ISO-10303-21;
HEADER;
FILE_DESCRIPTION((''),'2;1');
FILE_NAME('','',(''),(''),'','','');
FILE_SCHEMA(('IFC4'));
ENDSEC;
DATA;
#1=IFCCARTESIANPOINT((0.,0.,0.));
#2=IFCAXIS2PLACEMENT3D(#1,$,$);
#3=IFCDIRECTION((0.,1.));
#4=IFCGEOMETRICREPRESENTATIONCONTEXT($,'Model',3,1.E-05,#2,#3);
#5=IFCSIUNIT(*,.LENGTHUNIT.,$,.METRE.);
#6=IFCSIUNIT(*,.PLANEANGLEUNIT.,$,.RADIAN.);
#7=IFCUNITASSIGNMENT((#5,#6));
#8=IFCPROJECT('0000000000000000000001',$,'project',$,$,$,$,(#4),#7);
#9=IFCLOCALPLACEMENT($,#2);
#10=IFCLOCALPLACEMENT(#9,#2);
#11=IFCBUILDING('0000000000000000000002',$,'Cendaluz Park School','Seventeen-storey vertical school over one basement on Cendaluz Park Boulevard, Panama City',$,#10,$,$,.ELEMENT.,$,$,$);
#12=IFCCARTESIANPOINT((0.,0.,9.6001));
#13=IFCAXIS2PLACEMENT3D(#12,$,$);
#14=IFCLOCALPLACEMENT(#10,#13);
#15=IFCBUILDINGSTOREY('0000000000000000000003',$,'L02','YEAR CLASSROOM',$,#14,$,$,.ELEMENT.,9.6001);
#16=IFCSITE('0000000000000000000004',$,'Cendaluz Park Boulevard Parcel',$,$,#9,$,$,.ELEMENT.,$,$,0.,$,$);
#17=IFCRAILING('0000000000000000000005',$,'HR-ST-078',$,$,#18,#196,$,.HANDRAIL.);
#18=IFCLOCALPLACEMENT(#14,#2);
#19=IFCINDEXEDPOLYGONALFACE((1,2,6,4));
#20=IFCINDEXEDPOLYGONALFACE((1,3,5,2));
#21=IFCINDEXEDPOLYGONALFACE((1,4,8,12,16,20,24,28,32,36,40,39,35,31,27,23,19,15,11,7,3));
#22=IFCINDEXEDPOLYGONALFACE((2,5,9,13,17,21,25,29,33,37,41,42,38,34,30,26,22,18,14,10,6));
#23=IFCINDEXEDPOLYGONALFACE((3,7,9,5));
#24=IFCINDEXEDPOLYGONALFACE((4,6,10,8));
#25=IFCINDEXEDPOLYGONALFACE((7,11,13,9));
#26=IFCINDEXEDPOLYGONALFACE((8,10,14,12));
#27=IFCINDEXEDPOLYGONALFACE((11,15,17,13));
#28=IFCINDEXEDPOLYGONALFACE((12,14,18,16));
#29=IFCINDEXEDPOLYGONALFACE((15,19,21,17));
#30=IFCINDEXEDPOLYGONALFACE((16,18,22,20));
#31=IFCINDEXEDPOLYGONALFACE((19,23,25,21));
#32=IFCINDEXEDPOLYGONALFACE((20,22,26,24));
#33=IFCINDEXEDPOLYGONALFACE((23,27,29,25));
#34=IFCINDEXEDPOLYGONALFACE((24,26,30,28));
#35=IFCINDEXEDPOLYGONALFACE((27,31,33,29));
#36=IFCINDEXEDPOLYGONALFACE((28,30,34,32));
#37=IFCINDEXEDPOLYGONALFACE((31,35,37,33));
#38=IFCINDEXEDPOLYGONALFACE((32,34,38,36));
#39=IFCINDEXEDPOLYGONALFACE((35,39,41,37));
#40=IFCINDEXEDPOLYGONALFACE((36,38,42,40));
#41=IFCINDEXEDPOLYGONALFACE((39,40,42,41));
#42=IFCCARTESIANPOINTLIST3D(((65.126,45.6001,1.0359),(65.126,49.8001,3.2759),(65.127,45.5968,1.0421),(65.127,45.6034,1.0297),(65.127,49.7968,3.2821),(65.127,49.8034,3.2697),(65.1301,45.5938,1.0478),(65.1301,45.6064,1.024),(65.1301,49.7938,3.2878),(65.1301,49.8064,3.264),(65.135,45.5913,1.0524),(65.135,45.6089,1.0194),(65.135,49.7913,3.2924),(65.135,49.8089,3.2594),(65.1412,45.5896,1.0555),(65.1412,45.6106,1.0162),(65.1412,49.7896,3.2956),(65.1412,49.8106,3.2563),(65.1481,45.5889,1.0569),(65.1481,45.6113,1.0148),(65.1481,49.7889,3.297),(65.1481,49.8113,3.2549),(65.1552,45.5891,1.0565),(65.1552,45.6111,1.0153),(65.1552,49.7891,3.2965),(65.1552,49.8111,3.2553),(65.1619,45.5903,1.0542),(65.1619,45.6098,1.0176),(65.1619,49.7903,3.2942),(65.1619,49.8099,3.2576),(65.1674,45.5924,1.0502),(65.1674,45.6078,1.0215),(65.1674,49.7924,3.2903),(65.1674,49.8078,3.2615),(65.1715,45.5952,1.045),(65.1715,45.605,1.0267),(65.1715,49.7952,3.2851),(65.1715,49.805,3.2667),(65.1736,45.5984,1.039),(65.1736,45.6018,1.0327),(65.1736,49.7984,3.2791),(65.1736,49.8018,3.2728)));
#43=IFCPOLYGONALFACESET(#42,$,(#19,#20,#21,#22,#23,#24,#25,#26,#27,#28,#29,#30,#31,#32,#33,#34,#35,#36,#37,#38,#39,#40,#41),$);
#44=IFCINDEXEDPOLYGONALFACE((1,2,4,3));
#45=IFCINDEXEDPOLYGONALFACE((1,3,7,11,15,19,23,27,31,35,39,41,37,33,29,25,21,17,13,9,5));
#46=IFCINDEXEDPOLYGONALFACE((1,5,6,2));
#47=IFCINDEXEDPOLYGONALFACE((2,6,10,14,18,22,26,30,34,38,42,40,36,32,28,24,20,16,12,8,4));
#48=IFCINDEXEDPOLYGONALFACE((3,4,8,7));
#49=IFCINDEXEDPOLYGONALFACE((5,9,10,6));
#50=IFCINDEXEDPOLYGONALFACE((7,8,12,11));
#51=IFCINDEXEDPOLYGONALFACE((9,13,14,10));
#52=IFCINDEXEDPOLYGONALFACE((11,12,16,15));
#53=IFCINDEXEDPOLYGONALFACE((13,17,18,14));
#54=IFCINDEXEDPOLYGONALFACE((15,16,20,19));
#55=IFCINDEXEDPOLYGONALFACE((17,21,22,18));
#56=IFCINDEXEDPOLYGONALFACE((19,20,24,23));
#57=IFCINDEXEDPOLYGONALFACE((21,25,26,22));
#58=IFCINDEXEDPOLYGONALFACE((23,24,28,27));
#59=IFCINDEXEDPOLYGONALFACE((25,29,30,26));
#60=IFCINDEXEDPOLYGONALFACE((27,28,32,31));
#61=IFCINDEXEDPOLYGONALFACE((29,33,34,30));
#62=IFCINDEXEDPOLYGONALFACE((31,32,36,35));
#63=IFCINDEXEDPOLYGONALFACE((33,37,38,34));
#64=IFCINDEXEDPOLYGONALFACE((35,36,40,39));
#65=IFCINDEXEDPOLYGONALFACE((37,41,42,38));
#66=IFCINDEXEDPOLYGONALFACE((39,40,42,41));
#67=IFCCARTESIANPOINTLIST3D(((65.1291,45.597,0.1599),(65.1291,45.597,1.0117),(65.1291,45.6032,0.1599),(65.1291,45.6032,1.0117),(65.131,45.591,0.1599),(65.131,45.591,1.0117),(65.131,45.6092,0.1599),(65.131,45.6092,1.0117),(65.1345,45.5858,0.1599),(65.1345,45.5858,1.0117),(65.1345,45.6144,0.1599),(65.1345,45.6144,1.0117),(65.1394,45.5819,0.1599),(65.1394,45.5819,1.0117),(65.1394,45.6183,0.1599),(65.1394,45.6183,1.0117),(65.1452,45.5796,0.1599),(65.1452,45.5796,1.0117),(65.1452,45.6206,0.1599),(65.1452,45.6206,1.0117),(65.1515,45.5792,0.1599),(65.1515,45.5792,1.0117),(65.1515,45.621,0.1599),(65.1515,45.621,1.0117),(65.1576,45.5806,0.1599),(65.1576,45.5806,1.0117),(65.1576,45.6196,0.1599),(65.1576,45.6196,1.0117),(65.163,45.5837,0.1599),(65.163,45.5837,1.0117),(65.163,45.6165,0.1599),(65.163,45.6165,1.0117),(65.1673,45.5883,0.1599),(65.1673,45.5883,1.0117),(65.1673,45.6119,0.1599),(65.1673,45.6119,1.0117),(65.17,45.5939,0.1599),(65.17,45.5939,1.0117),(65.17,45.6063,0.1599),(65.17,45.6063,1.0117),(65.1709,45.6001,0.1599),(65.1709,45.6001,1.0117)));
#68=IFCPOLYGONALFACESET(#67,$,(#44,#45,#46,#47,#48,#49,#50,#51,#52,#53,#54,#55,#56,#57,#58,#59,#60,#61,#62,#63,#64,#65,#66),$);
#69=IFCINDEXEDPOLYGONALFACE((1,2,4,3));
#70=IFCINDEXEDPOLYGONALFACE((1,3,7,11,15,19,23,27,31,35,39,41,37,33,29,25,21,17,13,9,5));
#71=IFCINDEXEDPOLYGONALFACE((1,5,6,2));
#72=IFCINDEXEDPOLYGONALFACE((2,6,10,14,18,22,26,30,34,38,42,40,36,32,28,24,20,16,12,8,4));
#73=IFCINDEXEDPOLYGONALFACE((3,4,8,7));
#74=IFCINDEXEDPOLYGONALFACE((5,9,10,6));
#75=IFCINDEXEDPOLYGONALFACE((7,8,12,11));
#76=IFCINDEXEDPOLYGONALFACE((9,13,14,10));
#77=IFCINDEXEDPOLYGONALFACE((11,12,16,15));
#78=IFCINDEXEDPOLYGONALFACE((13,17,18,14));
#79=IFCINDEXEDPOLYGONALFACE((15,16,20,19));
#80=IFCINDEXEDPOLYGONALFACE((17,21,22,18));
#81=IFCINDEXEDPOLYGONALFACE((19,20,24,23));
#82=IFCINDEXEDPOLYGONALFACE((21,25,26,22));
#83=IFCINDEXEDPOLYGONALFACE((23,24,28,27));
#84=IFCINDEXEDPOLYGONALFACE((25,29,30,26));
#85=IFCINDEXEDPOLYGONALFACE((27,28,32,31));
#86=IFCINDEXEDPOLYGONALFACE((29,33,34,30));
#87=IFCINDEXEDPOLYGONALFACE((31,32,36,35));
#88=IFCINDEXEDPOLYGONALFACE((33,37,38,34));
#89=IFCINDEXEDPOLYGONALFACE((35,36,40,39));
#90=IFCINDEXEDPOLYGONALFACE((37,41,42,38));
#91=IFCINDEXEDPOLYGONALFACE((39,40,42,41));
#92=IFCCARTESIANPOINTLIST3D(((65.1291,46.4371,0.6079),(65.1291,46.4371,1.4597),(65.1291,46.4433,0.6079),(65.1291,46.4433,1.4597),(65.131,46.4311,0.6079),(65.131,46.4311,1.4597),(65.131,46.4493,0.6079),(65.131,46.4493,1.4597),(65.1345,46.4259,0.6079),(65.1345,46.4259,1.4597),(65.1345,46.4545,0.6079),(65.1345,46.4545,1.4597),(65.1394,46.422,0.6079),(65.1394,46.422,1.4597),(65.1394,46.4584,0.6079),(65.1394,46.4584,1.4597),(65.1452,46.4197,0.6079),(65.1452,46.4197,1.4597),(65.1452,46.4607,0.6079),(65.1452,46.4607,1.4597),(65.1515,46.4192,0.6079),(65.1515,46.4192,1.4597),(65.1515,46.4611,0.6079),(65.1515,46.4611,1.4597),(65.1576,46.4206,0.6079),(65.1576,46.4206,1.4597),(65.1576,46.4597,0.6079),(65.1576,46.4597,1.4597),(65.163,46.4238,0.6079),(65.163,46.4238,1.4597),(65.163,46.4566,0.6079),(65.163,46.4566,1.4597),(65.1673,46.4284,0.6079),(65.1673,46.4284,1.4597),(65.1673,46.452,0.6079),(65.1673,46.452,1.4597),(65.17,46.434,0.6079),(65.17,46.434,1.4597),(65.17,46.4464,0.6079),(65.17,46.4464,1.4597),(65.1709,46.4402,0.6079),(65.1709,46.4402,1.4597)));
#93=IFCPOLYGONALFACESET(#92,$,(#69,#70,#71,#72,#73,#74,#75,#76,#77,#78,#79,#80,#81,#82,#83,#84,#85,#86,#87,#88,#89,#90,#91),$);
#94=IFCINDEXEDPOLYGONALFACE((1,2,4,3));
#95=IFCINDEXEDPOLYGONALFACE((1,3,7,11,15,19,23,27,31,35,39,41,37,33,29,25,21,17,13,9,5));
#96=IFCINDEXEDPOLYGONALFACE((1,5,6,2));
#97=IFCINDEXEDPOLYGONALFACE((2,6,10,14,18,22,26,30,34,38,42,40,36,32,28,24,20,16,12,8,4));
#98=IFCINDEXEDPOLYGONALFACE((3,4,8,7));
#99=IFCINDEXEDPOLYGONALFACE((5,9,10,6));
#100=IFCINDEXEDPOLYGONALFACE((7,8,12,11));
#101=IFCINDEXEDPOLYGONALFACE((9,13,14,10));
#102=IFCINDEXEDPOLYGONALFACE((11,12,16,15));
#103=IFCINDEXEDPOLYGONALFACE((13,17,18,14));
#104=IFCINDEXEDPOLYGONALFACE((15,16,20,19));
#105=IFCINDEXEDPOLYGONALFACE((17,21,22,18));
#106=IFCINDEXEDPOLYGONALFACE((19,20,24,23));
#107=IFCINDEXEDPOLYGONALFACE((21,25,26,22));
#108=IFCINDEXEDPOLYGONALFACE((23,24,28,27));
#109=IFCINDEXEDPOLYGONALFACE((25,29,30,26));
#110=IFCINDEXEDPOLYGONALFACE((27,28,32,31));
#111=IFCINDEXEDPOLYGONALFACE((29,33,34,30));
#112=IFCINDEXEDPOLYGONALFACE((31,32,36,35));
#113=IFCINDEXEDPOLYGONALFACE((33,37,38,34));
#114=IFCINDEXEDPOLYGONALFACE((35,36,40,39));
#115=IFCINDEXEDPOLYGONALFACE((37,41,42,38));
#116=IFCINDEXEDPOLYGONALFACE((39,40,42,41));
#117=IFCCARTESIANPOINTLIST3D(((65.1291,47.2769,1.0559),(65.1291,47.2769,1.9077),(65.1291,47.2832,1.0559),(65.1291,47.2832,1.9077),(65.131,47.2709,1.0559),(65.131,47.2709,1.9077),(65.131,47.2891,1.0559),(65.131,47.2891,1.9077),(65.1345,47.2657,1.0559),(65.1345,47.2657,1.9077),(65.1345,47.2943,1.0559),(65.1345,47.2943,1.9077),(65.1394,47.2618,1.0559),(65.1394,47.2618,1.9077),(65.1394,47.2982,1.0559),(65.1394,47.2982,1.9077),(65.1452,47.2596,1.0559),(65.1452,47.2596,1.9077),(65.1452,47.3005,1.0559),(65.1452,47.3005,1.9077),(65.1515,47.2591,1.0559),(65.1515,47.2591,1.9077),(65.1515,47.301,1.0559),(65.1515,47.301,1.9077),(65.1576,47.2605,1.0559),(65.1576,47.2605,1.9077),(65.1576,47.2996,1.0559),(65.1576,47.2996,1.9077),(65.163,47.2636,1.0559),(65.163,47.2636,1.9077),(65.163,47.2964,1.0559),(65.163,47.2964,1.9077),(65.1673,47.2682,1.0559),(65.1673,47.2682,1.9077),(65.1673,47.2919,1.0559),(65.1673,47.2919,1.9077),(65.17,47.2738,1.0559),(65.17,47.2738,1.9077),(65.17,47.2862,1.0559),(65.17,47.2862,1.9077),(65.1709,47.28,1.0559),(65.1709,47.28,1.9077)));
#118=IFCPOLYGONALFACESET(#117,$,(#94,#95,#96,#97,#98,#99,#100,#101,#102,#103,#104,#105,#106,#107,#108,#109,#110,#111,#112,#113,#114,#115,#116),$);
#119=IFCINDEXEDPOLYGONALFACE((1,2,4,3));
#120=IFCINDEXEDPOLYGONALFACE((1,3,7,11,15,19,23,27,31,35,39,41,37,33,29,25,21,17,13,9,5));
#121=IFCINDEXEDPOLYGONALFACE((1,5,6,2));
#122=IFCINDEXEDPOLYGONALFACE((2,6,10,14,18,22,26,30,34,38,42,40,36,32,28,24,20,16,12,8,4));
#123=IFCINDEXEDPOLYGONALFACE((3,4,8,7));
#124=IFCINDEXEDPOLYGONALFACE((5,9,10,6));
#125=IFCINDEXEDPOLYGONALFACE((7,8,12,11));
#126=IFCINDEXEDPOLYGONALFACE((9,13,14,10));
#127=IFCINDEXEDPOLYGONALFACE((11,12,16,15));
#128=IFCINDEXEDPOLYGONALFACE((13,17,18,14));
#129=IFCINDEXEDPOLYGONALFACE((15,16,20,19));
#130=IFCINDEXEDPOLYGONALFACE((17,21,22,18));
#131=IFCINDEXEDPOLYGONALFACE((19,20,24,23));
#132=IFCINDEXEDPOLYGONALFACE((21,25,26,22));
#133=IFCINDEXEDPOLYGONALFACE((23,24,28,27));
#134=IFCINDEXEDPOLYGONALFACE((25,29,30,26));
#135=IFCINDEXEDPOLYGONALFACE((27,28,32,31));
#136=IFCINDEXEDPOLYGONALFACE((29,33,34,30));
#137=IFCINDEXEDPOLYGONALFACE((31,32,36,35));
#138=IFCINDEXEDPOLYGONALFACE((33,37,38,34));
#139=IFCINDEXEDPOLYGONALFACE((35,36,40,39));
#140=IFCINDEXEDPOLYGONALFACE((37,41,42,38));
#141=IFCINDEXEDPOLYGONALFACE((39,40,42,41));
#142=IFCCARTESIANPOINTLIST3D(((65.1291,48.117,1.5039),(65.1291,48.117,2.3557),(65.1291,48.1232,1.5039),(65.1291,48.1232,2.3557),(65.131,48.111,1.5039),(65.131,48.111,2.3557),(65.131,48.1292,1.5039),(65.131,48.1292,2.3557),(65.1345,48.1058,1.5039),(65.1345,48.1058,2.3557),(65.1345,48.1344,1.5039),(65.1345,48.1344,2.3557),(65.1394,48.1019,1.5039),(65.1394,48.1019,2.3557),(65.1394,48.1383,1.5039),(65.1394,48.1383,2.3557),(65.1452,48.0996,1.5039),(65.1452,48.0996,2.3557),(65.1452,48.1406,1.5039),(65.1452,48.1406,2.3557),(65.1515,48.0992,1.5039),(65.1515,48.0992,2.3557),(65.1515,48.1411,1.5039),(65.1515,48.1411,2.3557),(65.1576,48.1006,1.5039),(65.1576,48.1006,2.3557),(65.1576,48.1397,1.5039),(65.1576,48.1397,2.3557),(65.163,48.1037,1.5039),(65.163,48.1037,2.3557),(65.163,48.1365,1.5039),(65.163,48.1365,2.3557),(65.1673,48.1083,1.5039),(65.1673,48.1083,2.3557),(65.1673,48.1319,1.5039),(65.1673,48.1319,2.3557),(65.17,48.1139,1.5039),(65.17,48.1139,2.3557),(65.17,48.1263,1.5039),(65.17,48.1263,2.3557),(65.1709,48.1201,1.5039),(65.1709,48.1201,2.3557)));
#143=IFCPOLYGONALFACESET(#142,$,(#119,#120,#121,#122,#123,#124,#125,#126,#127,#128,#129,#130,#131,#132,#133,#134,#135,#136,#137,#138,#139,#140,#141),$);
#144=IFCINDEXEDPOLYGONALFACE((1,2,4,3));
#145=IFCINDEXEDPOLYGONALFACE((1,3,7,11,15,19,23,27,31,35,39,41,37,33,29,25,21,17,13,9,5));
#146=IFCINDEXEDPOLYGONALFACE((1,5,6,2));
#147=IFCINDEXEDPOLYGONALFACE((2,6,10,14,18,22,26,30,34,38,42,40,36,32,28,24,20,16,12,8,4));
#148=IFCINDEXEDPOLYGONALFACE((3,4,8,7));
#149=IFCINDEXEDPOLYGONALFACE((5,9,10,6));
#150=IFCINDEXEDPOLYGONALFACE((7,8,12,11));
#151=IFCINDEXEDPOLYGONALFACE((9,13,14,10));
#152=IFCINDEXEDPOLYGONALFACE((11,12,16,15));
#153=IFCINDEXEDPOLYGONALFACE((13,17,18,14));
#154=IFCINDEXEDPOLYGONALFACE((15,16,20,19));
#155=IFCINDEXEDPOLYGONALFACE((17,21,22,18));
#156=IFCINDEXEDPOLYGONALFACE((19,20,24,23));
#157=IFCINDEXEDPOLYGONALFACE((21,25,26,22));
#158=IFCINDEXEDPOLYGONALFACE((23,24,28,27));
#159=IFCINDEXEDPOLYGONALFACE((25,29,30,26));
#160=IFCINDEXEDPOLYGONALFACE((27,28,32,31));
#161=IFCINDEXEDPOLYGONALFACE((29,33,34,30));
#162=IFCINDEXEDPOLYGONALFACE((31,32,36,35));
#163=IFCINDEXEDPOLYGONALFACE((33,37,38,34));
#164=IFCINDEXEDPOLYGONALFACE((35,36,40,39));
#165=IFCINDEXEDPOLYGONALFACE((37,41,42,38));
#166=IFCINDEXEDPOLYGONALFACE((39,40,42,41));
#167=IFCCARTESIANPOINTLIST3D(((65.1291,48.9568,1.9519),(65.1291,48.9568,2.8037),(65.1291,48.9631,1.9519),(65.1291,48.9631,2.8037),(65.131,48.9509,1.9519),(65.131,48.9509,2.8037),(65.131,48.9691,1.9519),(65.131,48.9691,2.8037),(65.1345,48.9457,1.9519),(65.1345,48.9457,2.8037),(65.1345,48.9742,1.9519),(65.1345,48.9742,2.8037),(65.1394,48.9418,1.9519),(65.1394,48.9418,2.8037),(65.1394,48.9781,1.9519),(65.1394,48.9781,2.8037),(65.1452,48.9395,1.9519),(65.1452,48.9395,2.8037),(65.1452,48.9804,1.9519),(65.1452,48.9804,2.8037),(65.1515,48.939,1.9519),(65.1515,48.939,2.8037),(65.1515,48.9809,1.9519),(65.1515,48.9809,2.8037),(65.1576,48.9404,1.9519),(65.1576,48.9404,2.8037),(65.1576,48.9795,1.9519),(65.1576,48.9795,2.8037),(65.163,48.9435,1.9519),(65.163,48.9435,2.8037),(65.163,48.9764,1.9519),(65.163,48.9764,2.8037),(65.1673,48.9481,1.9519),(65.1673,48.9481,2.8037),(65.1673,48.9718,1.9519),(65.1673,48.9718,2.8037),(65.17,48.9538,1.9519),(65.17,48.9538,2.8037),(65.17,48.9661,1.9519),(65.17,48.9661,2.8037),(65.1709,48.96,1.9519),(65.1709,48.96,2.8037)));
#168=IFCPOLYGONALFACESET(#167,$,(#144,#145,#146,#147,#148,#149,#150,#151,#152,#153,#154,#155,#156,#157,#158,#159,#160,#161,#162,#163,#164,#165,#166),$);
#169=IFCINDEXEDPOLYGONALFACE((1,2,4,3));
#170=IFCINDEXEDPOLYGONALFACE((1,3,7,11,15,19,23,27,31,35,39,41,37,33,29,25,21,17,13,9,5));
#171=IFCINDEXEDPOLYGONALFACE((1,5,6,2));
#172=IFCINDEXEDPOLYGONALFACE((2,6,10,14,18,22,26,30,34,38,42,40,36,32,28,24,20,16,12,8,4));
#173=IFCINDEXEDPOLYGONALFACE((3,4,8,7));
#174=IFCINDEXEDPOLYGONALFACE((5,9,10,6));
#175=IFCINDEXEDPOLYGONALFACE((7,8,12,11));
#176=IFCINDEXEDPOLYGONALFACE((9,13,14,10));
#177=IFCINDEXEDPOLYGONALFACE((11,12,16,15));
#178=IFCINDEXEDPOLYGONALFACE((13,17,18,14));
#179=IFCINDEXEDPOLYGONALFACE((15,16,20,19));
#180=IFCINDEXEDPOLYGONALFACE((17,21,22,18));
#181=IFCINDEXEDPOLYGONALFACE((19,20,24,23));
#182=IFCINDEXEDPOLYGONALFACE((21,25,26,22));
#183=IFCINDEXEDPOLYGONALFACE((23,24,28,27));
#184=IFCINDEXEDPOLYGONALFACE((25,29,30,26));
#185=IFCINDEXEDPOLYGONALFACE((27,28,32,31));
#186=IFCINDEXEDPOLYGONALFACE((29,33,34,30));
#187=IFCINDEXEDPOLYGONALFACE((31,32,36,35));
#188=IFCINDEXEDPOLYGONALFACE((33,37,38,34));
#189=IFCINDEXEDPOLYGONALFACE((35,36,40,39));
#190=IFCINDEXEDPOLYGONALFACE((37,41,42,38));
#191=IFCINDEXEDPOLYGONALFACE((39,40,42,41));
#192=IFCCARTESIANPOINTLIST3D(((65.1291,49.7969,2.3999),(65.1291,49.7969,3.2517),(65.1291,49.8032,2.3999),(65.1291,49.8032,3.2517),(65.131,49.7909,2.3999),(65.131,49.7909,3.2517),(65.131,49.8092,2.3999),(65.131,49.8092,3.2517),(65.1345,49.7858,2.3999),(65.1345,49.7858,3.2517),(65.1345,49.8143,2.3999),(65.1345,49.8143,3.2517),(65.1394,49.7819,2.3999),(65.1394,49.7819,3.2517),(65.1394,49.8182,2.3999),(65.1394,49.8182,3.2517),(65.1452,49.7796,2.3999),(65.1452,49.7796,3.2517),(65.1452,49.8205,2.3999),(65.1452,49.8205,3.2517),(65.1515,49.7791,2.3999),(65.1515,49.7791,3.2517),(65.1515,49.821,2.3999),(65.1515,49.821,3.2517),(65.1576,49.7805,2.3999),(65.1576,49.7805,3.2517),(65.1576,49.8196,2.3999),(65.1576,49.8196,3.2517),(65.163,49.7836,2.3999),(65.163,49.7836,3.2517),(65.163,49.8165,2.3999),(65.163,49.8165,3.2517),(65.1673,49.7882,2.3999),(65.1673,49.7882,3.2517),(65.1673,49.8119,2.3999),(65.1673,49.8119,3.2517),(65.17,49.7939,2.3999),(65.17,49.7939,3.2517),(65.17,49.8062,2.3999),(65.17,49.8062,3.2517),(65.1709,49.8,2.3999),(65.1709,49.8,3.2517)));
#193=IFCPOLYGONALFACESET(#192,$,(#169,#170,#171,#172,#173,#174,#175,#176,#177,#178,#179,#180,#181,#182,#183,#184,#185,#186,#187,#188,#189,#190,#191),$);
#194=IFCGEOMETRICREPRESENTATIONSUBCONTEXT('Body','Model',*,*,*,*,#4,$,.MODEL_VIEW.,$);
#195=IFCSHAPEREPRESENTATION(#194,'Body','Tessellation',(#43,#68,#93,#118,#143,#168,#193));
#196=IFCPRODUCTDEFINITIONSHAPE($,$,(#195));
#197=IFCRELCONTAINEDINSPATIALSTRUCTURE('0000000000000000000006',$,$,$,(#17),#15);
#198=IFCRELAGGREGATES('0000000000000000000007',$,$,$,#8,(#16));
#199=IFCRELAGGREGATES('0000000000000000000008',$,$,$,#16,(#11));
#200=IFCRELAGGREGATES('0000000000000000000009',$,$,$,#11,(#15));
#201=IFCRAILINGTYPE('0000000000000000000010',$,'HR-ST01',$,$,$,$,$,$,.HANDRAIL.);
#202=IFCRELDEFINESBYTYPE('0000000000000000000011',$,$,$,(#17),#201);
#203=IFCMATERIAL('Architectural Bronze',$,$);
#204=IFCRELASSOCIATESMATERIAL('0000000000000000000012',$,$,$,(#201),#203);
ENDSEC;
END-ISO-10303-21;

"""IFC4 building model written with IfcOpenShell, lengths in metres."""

from ifc_helpers import new_model, si_unit, direction, frame, origin, origin_2d, place, context, subcontext, project, spatial, circle, extrude, material, type_object, element, save


model = new_model("IFC4")

# Units and contexts
model_context = context("Model", 3, precision=1e-05, world=origin(), true_north=direction((0.0, 1.0)))
body_context = subcontext(model_context, "Body", "Model", "MODEL_VIEW")
ifc_project = project(units=[si_unit("LENGTHUNIT", "METRE"), si_unit("PLANEANGLEUNIT", "RADIAN")], contexts=[model_context])

# Site, building, storey
site_placement = place(None, origin())
site = spatial("IfcSite", under=ifc_project, at=site_placement, Name="Cendaluz Park Boulevard Parcel", CompositionType="ELEMENT", RefElevation=0.0)
building_placement = place(site_placement, origin())
building = spatial("IfcBuilding", under=site, at=building_placement, Name="Cendaluz Park School", Description="Seventeen-storey vertical school over one basement on Cendaluz Park Boulevard, Panama City", CompositionType="ELEMENT")
storey_placement = place(building_placement, frame((0.0, 0.0, 9.6001)))
storey = spatial("IfcBuildingStorey", under=building, at=storey_placement, Name="L02", Description="YEAR CLASSROOM", CompositionType="ELEMENT", Elevation=9.6001)

# Railing
ifc_material_1 = material(Name="Architectural Bronze")
railing_type_1 = type_object("IfcRailingType", Name="HR-ST01", PredefinedType="HANDRAIL", material=ifc_material_1)
railing_1_placement = place(storey_placement, frame((65.1499, 45.6001, 0.1599)))
element("IfcRailing", 1, at=railing_1_placement, inside=storey, type_object=railing_type_1, Name="HR-ST-078", PredefinedType="HANDRAIL", context=body_context, shape_type="SweptSolid", body=[
    extrude(circle(Radius=0.0239, at=origin_2d()), frame((0.0, 0.0, 0.876), z_axis=(0.0, 0.882352, 0.470591), x_axis=(-1.0, 0.0, 0.0)), (0.0, 0.0, 1.0), 4.76),
    extrude(circle(Radius=0.021, at=origin_2d()), origin(), (0.0, 0.0, 1.0), 0.8518),
    extrude(circle(Radius=0.021, at=origin_2d()), frame((0.0, 0.8401, 0.448)), (0.0, 0.0, 1.0), 0.8518),
    extrude(circle(Radius=0.021, at=origin_2d()), frame((0.0, 1.6799, 0.896)), (0.0, 0.0, 1.0), 0.8518),
    extrude(circle(Radius=0.021, at=origin_2d()), frame((0.0, 2.52, 1.344)), (0.0, 0.0, 1.0), 0.8518),
    extrude(circle(Radius=0.021, at=origin_2d()), frame((0.0, 3.3599, 1.792)), (0.0, 0.0, 1.0), 0.8518),
    extrude(circle(Radius=0.021, at=origin_2d()), frame((0.0, 4.2, 2.24)), (0.0, 0.0, 1.0), 0.8518),
])

save(model, "model.ifc")
